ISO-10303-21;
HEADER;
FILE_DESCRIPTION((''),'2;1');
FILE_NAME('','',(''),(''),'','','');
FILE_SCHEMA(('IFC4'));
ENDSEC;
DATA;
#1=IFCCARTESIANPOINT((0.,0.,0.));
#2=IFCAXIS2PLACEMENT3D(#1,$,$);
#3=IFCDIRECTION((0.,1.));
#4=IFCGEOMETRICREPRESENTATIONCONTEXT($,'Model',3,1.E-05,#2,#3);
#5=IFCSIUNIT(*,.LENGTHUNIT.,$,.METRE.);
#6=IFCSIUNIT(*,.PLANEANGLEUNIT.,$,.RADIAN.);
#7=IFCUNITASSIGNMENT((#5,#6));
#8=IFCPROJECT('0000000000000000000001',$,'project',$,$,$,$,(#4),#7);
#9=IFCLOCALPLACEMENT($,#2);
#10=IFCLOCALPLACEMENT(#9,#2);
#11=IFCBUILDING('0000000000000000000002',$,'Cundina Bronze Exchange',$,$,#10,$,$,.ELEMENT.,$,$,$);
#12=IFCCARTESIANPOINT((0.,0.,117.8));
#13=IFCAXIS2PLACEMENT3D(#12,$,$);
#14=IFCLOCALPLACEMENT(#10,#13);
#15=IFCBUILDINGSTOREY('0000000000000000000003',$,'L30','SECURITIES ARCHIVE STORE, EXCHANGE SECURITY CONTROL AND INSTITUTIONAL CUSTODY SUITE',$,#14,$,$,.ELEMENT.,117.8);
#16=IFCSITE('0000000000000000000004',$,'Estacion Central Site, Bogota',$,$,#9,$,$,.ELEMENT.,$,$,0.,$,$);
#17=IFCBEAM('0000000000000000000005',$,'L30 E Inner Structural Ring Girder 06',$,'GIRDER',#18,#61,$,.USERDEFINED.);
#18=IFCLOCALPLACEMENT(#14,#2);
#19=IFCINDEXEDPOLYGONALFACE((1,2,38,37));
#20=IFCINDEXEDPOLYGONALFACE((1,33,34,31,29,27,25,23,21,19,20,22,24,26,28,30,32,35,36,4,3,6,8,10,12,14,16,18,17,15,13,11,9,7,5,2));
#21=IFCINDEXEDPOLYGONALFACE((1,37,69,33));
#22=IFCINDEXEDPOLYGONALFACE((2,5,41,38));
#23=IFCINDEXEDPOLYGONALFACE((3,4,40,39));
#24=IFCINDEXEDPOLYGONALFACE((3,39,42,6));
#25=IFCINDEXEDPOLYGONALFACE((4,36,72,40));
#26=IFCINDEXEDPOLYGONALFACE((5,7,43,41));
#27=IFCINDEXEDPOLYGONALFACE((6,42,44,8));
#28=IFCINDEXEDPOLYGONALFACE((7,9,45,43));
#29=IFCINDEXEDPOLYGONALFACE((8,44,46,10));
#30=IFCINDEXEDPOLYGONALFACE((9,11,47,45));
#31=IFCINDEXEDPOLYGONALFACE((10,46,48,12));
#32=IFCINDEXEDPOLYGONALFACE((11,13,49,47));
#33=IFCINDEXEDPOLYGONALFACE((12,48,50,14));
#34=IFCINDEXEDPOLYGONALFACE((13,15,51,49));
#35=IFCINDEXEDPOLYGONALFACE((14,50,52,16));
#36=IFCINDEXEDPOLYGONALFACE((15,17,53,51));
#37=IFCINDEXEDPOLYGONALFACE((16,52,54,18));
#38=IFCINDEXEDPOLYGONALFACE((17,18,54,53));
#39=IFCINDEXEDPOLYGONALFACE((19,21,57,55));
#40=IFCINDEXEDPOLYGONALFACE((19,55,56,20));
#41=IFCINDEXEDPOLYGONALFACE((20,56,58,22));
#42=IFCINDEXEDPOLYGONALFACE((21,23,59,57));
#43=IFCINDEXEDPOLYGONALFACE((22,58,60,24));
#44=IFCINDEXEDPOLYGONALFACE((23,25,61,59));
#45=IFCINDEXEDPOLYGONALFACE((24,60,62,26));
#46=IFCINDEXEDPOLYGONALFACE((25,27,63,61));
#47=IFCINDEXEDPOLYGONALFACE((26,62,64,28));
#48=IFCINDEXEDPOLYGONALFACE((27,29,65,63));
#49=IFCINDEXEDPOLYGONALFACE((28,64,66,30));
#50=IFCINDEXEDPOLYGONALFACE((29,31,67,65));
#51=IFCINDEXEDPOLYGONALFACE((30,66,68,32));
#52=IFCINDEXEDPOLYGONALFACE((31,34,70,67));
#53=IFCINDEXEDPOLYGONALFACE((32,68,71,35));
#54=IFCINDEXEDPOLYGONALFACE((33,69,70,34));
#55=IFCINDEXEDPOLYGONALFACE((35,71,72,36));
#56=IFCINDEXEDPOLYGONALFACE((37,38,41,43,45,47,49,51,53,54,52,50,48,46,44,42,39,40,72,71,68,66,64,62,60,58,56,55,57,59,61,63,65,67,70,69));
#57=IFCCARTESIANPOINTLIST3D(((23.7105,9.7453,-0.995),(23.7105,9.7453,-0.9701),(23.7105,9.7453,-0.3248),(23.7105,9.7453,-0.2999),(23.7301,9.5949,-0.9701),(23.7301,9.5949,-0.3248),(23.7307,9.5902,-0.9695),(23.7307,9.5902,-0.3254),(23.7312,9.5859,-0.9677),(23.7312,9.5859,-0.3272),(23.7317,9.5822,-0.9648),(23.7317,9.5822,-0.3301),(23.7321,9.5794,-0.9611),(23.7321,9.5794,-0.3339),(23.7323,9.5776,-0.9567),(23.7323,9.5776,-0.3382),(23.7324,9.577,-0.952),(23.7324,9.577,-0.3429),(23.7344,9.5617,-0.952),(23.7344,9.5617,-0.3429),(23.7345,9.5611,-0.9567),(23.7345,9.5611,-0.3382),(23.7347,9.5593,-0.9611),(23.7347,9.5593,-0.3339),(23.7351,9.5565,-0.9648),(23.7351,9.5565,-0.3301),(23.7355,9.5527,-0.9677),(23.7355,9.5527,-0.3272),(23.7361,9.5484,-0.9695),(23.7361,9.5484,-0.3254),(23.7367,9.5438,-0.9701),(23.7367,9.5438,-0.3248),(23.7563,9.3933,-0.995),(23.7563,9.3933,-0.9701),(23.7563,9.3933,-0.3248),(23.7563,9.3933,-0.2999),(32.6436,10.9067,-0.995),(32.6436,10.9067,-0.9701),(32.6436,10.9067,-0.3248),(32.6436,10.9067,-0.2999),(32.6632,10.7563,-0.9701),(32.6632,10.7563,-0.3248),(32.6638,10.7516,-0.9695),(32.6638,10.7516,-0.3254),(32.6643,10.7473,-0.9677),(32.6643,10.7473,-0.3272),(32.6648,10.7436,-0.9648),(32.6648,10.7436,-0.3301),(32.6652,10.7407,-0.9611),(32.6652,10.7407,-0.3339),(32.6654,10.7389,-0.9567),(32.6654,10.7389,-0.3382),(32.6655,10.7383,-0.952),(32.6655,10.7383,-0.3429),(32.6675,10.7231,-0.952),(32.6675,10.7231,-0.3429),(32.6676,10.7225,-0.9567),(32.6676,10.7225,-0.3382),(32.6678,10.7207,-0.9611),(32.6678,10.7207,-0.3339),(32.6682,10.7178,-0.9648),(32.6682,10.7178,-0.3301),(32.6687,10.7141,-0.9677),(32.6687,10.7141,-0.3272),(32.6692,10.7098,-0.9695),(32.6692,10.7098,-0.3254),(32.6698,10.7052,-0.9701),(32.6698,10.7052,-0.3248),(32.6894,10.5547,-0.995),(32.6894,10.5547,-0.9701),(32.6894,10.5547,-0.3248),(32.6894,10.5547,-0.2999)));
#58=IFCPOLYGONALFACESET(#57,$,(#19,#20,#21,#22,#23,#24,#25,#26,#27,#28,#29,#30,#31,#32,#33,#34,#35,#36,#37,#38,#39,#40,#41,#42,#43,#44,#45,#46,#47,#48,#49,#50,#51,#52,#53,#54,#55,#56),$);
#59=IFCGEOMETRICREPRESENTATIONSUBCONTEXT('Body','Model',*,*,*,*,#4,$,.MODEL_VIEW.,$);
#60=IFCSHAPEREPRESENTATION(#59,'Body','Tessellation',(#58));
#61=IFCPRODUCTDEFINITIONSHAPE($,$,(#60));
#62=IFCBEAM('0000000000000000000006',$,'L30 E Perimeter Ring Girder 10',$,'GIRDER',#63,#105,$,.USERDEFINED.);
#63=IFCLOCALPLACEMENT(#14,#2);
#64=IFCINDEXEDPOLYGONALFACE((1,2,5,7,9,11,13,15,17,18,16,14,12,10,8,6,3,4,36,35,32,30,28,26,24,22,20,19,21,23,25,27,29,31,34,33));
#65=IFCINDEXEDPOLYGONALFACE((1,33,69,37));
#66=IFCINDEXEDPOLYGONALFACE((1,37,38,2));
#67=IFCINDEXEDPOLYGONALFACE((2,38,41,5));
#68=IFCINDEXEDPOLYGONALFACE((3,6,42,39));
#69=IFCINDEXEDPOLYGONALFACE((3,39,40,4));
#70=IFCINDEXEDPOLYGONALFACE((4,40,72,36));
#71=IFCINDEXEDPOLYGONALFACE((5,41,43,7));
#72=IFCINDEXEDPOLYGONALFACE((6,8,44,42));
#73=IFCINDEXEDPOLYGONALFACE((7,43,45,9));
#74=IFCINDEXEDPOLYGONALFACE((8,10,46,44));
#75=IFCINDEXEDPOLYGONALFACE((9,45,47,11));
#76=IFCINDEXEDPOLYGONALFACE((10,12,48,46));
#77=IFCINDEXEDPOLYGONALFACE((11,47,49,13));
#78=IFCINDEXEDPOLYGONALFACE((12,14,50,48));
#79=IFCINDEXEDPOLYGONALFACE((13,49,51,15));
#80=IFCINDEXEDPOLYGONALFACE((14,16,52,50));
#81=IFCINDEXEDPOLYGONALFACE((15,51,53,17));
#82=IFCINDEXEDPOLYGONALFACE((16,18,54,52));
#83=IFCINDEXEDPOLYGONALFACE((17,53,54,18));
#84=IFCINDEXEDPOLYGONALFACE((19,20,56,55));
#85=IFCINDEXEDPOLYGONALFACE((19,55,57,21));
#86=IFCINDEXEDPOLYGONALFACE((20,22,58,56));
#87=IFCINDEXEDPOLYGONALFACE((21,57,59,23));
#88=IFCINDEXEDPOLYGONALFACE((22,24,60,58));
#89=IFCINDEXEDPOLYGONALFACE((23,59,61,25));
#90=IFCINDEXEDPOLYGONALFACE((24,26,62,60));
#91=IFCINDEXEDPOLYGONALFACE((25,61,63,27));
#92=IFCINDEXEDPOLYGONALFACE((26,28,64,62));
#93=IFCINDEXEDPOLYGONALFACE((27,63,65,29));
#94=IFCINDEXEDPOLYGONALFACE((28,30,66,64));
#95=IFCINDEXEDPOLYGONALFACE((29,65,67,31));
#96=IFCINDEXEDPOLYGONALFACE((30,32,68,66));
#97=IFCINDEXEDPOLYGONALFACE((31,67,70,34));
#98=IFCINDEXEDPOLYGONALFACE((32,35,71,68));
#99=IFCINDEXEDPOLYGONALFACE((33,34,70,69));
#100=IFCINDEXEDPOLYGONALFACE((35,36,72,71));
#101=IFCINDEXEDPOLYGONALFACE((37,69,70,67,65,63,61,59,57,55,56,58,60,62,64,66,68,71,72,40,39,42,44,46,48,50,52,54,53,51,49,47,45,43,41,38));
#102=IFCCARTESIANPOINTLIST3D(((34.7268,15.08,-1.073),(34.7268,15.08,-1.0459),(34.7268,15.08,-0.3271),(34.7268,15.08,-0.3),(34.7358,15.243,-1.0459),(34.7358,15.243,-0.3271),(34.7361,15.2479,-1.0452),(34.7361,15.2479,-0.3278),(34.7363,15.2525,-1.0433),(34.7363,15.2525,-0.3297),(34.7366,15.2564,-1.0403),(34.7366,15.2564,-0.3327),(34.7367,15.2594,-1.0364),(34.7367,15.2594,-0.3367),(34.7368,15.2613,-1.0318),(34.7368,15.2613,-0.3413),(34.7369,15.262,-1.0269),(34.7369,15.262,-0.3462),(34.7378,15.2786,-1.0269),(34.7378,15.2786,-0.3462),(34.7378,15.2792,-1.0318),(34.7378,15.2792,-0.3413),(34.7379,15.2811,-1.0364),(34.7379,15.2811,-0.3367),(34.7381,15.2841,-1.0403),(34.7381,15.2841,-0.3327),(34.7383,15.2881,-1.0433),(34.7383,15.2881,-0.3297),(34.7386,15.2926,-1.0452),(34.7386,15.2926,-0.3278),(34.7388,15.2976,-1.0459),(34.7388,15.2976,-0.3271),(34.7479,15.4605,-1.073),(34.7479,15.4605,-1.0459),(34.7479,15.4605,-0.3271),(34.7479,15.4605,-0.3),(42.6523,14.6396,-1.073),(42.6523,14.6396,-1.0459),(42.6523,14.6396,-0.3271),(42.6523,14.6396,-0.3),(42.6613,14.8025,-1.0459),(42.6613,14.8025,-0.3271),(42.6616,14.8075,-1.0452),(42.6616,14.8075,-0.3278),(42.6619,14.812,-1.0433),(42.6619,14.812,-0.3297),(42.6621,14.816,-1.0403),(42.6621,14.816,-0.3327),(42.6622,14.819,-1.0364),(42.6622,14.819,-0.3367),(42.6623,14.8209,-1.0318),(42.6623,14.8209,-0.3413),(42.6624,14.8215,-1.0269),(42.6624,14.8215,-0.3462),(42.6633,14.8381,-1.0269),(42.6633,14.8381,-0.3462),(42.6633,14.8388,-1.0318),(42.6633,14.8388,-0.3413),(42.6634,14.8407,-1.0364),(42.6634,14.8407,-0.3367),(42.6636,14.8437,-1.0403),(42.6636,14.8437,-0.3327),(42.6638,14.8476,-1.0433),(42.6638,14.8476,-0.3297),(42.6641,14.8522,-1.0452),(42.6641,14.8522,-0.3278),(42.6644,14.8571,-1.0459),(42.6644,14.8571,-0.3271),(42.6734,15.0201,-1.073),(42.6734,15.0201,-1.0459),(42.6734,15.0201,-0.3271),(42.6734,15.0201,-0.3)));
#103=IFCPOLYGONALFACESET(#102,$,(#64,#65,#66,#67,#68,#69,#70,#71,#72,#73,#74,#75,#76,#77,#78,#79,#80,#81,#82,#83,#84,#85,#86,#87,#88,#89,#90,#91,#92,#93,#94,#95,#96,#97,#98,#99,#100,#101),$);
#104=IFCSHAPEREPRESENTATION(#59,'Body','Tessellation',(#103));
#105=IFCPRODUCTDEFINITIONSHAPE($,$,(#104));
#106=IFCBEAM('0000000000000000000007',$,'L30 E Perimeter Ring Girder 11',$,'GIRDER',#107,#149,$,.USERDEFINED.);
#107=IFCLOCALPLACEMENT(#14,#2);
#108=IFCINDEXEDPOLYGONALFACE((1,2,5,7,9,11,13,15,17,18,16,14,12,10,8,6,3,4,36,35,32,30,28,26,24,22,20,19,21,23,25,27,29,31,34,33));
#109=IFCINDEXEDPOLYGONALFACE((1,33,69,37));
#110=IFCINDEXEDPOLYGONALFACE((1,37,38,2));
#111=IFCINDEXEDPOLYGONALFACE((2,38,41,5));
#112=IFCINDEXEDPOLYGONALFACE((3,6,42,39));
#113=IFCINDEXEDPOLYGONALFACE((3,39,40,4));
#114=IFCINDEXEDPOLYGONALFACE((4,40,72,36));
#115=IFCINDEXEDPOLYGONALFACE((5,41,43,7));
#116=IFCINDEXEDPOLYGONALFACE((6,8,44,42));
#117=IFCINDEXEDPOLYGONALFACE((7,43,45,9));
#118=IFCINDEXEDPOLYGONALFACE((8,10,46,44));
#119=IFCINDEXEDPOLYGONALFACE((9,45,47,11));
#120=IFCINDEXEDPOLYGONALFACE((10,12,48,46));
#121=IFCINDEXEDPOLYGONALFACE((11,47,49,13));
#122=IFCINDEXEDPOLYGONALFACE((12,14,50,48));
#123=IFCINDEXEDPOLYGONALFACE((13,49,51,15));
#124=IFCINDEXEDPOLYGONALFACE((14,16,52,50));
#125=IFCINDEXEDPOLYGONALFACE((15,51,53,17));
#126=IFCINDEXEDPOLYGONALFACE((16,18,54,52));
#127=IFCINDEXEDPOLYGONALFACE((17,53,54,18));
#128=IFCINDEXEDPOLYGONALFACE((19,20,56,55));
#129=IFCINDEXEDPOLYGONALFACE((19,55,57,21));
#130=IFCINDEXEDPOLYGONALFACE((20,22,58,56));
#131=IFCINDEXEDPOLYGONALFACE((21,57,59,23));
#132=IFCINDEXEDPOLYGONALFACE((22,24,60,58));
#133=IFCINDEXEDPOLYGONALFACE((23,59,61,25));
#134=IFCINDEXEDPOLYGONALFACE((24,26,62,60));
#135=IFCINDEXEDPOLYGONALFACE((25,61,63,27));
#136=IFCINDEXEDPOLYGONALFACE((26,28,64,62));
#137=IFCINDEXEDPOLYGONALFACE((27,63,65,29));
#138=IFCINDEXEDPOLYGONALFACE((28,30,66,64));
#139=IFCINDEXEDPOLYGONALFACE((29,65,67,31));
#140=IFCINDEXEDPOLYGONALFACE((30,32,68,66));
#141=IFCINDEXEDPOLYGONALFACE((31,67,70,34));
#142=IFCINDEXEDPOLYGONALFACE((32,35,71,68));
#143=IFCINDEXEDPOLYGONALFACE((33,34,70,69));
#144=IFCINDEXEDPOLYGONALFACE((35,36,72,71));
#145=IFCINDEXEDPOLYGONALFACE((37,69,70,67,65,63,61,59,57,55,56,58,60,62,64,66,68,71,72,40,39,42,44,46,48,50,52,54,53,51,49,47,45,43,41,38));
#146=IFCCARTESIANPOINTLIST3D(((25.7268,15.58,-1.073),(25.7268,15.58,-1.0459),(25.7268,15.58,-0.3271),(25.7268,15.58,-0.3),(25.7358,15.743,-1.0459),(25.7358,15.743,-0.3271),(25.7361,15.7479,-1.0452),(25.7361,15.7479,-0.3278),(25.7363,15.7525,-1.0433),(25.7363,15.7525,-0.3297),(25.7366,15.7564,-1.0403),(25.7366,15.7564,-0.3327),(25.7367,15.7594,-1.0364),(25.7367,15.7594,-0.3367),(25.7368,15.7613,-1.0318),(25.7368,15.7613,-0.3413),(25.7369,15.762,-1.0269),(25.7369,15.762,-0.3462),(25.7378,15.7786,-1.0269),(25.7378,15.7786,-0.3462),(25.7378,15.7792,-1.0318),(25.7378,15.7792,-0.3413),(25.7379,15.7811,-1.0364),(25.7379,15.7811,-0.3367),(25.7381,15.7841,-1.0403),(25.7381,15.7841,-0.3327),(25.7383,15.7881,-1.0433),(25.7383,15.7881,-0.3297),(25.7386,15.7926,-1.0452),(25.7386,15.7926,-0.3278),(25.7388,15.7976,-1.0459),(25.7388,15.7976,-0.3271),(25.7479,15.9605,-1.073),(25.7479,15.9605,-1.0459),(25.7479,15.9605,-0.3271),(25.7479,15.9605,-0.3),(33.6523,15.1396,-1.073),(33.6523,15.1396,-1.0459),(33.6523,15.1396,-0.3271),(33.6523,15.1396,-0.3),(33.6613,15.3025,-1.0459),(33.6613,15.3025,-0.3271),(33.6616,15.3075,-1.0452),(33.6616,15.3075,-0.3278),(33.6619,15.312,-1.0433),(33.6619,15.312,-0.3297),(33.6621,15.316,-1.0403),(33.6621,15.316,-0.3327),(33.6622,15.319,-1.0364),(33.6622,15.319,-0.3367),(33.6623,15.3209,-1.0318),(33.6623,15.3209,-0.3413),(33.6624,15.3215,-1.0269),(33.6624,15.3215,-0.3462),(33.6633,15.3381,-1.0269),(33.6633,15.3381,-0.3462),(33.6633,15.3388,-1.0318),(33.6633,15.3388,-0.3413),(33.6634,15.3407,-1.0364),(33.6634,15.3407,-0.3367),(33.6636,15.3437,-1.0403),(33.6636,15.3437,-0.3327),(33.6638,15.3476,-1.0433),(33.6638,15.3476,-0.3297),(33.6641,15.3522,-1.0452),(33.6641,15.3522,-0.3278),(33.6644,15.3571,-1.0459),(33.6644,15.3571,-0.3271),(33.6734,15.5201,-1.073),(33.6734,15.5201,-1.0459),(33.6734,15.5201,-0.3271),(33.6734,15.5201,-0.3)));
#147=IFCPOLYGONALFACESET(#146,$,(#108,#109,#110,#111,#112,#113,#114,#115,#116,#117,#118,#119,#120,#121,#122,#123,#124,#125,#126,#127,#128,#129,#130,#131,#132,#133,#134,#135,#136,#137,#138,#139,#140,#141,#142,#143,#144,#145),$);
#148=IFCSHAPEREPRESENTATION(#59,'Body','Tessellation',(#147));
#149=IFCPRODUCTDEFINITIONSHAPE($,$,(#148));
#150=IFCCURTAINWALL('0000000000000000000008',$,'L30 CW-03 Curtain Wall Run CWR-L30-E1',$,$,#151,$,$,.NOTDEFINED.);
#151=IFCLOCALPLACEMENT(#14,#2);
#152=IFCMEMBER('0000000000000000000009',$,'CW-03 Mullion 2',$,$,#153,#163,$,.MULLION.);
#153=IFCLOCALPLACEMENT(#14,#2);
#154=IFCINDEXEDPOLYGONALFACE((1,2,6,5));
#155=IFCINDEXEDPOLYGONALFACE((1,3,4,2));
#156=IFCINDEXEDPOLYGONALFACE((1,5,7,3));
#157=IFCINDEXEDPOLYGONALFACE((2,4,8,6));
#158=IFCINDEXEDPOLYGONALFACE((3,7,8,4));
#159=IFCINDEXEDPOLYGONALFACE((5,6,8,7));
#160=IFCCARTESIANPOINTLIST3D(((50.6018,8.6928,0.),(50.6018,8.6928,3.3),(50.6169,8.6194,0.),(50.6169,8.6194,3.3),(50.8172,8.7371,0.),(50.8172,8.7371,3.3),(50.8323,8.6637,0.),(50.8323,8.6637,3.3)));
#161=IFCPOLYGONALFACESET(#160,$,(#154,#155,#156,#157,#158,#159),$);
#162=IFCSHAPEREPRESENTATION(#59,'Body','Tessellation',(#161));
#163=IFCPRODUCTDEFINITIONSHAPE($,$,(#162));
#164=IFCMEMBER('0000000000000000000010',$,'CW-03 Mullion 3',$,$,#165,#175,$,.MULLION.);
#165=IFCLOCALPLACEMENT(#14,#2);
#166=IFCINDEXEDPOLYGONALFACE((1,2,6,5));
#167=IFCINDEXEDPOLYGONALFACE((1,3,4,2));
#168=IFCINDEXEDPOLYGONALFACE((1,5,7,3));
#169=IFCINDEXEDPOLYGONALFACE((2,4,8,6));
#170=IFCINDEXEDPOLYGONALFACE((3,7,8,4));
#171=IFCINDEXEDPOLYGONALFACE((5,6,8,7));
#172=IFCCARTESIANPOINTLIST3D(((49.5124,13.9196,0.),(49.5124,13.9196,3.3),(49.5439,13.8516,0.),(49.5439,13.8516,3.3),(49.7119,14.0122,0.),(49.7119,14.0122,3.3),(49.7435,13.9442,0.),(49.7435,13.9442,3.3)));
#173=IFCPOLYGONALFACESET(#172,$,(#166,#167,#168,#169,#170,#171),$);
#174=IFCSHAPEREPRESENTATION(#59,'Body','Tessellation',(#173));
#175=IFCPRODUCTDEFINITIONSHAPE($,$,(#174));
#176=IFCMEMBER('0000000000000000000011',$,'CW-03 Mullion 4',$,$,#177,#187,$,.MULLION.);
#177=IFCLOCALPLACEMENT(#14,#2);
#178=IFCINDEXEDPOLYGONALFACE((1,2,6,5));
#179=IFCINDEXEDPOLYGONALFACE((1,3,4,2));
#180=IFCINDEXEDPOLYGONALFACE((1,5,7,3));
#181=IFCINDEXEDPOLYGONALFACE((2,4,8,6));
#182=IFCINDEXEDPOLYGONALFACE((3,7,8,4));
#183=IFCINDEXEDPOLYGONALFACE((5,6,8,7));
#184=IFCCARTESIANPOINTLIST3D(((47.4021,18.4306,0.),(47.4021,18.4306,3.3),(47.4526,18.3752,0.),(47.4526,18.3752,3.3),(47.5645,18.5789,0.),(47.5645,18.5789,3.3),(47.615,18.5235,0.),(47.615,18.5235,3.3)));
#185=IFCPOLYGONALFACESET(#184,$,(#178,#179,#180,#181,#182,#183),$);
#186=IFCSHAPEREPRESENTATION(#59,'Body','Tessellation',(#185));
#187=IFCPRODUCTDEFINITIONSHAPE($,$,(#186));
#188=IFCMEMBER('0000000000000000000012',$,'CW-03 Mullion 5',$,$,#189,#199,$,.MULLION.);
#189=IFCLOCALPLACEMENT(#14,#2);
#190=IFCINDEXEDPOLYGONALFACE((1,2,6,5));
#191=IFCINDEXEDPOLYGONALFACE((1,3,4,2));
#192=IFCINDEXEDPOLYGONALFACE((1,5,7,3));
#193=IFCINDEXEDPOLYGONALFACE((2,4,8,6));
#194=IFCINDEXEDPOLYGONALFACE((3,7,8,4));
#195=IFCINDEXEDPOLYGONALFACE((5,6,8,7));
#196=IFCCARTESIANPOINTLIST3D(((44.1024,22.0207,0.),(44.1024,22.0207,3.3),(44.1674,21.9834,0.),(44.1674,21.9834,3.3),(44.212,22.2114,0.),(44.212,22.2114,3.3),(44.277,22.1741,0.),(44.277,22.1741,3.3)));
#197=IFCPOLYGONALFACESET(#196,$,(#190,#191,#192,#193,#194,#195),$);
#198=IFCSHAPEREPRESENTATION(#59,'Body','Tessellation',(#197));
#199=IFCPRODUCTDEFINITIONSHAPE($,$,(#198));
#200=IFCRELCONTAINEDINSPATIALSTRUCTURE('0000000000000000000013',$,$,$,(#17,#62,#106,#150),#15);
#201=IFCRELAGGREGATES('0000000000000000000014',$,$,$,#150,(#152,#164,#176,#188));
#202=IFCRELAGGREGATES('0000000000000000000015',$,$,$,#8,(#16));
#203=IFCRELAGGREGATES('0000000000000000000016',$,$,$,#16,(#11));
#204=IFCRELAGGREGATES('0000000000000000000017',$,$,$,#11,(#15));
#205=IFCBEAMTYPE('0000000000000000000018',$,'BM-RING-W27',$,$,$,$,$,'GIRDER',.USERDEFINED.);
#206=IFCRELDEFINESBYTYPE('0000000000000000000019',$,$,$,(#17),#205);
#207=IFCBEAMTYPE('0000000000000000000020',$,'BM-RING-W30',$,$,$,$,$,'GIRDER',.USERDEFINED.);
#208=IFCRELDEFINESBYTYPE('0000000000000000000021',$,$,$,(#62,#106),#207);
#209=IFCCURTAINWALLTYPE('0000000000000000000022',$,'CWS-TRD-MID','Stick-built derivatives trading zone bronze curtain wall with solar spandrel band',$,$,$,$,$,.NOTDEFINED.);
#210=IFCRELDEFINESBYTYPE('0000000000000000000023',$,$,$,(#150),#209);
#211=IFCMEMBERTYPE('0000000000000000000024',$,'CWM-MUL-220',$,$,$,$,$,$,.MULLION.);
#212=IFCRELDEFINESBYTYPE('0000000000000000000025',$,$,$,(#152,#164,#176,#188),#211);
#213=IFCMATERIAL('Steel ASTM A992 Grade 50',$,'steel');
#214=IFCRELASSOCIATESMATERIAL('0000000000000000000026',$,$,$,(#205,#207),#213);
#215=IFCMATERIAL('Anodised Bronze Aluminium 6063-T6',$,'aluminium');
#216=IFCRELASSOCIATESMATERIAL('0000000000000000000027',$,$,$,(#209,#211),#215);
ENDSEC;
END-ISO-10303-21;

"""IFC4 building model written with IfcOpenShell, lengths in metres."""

from ifc_helpers import new_model, si_unit, direction, frame, origin, origin_2d, place, context, subcontext, project, spatial, rectangle, i_section, extrude, material, material_profile, profile_set, type_object, element, aggregate, save


model = new_model("IFC4")

# Units and contexts
model_context = context("Model", 3, precision=1e-05, world=origin(), true_north=direction((0.0, 1.0)))
body_context = subcontext(model_context, "Body", "Model", "MODEL_VIEW")
ifc_project = project(units=[si_unit("LENGTHUNIT", "METRE"), si_unit("PLANEANGLEUNIT", "RADIAN")], contexts=[model_context])

# Site, building, storey
site_placement = place(None, origin())
site = spatial("IfcSite", under=ifc_project, at=site_placement, Name="Estacion Central Site, Bogota", CompositionType="ELEMENT", RefElevation=0.0)
building_placement = place(site_placement, origin())
building = spatial("IfcBuilding", under=site, at=building_placement, Name="Cundina Bronze Exchange", CompositionType="ELEMENT")
storey_placement = place(building_placement, frame((0.0, 0.0, 117.8)))
storey = spatial("IfcBuildingStorey", under=building, at=storey_placement, Name="L30", Description="SECURITIES ARCHIVE STORE, EXCHANGE SECURITY CONTROL AND INSTITUTIONAL CUSTODY SUITE", CompositionType="ELEMENT", Elevation=117.8)

# Beams
ifc_material_1 = material(Name="Steel ASTM A992 Grade 50", Category="steel")
ifc_material_profile_1 = material_profile(ifc_material_1, i_section(OverallWidth=0.355, OverallDepth=0.6951, WebThickness=0.0154, FlangeThickness=0.0249, FilletRadius=0.0181, at=origin_2d()), Name="W27X146", Category="steel")
ifc_profile_set_1 = profile_set([ifc_material_profile_1], Name="Steel ASTM A992 Grade 50")
beam_type_1 = type_object("IfcBeamType", Name="BM-RING-W27", ElementType="GIRDER", PredefinedType="USERDEFINED", material=ifc_profile_set_1)
beam_1_placement = place(storey_placement, frame((32.6665, 10.7307, -0.6475), z_axis=(-0.991655, -0.128923, 0.0), x_axis=(0.128923, -0.991655, 0.0)))
element("IfcBeam", 1, at=beam_1_placement, inside=storey, type_object=beam_type_1, Name="L30 E Inner Structural Ring Girder 06", ObjectType="GIRDER", PredefinedType="USERDEFINED", context=body_context, shape_type="SweptSolid", body=[
    extrude(i_section(OverallWidth=0.355, OverallDepth=0.6951, WebThickness=0.0154, FlangeThickness=0.0249, FilletRadius=0.0181, at=origin_2d()), origin(), (0.0, 0.0, 1.0), 9.0083),
])
ifc_material_profile_2 = material_profile(ifc_material_1, i_section(OverallWidth=0.3811, OverallDepth=0.7729, WebThickness=0.0166, FlangeThickness=0.0271, FilletRadius=0.019, at=origin_2d()), Name="W30X173", Category="steel")
ifc_profile_set_2 = profile_set([ifc_material_profile_2], Name="Steel ASTM A992 Grade 50")
beam_type_2 = type_object("IfcBeamType", Name="BM-RING-W30", ElementType="GIRDER", PredefinedType="USERDEFINED", material=ifc_profile_set_2)
for number, where, z_axis, x_axis, name in (
    (2, (42.6628, 14.8298, -0.6865), (-0.99846, 0.055485, 0.0), (-0.055485, -0.99846, 0.0), "L30 E Perimeter Ring Girder 10"),
    (3, (33.6628, 15.3298, -0.6865), (-0.99846, 0.055485, 0.0), (-0.055485, -0.99846, 0.0), "L30 E Perimeter Ring Girder 11"),
):
    element("IfcBeam", number, at=place(storey_placement, frame(where, z_axis=z_axis, x_axis=x_axis)), inside=storey, type_object=beam_type_2, Name=name, ObjectType="GIRDER", PredefinedType="USERDEFINED", context=body_context, shape_type="SweptSolid", body=[
        extrude(i_section(OverallWidth=0.3811, OverallDepth=0.7729, WebThickness=0.0166, FlangeThickness=0.0271, FilletRadius=0.019, at=origin_2d()), origin(), (0.0, 0.0, 1.0), 7.9377),
    ])

# Curtain wall, members
ifc_material_2 = material(Name="Anodised Bronze Aluminium 6063-T6", Category="aluminium")
curtain_wall_type = type_object("IfcCurtainWallType", Name="CWS-TRD-MID", Description="Stick-built derivatives trading zone bronze curtain wall with solar spandrel band", PredefinedType="NOTDEFINED", material=ifc_material_2)
curtain_wall_placement = place(storey_placement, origin())
curtain_wall = element("IfcCurtainWall", 4, at=curtain_wall_placement, inside=storey, type_object=curtain_wall_type, Name="L30 CW-03 Curtain Wall Run CWR-L30-E1", PredefinedType="NOTDEFINED")
ifc_material_profile_3 = material_profile(ifc_material_2, rectangle(XDim=0.075, YDim=0.22, at=origin_2d()), Name="AL75X220", Category="aluminium")
ifc_profile_set_3 = profile_set([ifc_material_profile_3], Name="Anodised Bronze Aluminium 6063-T6")
member_type_1 = type_object("IfcMemberType", Name="CWM-MUL-220", PredefinedType="MULLION", material=ifc_profile_set_3)
member_1_placement = place(storey_placement, frame((50.717, 8.6782, 0.0), z_axis=(0.0, 0.0, 1.0), x_axis=(-0.20142, 0.979505, 0.0)))
member_1 = element("IfcMember", 5, at=member_1_placement, type_object=member_type_1, Name="CW-03 Mullion 2", PredefinedType="MULLION", context=body_context, shape_type="SweptSolid", body=[
    extrude(rectangle(XDim=0.075, YDim=0.22, at=origin_2d()), origin(), (0.0, 0.0, 1.0), 3.3),
])
member_2_placement = place(storey_placement, frame((49.6279, 13.9319, 0.0), z_axis=(0.0, 0.0, 1.0), x_axis=(-0.420877, 0.907117, 0.0)))
member_2 = element("IfcMember", 6, at=member_2_placement, type_object=member_type_1, Name="CW-03 Mullion 3", PredefinedType="MULLION", context=body_context, shape_type="SweptSolid", body=[
    extrude(rectangle(XDim=0.075, YDim=0.22, at=origin_2d()), origin(), (0.0, 0.0, 1.0), 3.3),
])
member_3_placement = place(storey_placement, frame((47.5085, 18.4771, 0.0), z_axis=(0.0, 0.0, 1.0), x_axis=(-0.674302, 0.738455, 0.0)))
member_3 = element("IfcMember", 7, at=member_3_placement, type_object=member_type_1, Name="CW-03 Mullion 4", PredefinedType="MULLION", context=body_context, shape_type="SweptSolid", body=[
    extrude(rectangle(XDim=0.075, YDim=0.22, at=origin_2d()), origin(), (0.0, 0.0, 1.0), 3.3),
])
member_4_placement = place(storey_placement, frame((44.1897, 22.0974, 0.0), z_axis=(0.0, 0.0, 1.0), x_axis=(-0.867071, 0.498185, 0.0)))
member_4 = element("IfcMember", 8, at=member_4_placement, type_object=member_type_1, Name="CW-03 Mullion 5", PredefinedType="MULLION", context=body_context, shape_type="SweptSolid", body=[
    extrude(rectangle(XDim=0.075, YDim=0.22, at=origin_2d()), origin(), (0.0, 0.0, 1.0), 3.3),
])
aggregate(curtain_wall, [member_1, member_2, member_3, member_4])

save(model, "model.ifc")
